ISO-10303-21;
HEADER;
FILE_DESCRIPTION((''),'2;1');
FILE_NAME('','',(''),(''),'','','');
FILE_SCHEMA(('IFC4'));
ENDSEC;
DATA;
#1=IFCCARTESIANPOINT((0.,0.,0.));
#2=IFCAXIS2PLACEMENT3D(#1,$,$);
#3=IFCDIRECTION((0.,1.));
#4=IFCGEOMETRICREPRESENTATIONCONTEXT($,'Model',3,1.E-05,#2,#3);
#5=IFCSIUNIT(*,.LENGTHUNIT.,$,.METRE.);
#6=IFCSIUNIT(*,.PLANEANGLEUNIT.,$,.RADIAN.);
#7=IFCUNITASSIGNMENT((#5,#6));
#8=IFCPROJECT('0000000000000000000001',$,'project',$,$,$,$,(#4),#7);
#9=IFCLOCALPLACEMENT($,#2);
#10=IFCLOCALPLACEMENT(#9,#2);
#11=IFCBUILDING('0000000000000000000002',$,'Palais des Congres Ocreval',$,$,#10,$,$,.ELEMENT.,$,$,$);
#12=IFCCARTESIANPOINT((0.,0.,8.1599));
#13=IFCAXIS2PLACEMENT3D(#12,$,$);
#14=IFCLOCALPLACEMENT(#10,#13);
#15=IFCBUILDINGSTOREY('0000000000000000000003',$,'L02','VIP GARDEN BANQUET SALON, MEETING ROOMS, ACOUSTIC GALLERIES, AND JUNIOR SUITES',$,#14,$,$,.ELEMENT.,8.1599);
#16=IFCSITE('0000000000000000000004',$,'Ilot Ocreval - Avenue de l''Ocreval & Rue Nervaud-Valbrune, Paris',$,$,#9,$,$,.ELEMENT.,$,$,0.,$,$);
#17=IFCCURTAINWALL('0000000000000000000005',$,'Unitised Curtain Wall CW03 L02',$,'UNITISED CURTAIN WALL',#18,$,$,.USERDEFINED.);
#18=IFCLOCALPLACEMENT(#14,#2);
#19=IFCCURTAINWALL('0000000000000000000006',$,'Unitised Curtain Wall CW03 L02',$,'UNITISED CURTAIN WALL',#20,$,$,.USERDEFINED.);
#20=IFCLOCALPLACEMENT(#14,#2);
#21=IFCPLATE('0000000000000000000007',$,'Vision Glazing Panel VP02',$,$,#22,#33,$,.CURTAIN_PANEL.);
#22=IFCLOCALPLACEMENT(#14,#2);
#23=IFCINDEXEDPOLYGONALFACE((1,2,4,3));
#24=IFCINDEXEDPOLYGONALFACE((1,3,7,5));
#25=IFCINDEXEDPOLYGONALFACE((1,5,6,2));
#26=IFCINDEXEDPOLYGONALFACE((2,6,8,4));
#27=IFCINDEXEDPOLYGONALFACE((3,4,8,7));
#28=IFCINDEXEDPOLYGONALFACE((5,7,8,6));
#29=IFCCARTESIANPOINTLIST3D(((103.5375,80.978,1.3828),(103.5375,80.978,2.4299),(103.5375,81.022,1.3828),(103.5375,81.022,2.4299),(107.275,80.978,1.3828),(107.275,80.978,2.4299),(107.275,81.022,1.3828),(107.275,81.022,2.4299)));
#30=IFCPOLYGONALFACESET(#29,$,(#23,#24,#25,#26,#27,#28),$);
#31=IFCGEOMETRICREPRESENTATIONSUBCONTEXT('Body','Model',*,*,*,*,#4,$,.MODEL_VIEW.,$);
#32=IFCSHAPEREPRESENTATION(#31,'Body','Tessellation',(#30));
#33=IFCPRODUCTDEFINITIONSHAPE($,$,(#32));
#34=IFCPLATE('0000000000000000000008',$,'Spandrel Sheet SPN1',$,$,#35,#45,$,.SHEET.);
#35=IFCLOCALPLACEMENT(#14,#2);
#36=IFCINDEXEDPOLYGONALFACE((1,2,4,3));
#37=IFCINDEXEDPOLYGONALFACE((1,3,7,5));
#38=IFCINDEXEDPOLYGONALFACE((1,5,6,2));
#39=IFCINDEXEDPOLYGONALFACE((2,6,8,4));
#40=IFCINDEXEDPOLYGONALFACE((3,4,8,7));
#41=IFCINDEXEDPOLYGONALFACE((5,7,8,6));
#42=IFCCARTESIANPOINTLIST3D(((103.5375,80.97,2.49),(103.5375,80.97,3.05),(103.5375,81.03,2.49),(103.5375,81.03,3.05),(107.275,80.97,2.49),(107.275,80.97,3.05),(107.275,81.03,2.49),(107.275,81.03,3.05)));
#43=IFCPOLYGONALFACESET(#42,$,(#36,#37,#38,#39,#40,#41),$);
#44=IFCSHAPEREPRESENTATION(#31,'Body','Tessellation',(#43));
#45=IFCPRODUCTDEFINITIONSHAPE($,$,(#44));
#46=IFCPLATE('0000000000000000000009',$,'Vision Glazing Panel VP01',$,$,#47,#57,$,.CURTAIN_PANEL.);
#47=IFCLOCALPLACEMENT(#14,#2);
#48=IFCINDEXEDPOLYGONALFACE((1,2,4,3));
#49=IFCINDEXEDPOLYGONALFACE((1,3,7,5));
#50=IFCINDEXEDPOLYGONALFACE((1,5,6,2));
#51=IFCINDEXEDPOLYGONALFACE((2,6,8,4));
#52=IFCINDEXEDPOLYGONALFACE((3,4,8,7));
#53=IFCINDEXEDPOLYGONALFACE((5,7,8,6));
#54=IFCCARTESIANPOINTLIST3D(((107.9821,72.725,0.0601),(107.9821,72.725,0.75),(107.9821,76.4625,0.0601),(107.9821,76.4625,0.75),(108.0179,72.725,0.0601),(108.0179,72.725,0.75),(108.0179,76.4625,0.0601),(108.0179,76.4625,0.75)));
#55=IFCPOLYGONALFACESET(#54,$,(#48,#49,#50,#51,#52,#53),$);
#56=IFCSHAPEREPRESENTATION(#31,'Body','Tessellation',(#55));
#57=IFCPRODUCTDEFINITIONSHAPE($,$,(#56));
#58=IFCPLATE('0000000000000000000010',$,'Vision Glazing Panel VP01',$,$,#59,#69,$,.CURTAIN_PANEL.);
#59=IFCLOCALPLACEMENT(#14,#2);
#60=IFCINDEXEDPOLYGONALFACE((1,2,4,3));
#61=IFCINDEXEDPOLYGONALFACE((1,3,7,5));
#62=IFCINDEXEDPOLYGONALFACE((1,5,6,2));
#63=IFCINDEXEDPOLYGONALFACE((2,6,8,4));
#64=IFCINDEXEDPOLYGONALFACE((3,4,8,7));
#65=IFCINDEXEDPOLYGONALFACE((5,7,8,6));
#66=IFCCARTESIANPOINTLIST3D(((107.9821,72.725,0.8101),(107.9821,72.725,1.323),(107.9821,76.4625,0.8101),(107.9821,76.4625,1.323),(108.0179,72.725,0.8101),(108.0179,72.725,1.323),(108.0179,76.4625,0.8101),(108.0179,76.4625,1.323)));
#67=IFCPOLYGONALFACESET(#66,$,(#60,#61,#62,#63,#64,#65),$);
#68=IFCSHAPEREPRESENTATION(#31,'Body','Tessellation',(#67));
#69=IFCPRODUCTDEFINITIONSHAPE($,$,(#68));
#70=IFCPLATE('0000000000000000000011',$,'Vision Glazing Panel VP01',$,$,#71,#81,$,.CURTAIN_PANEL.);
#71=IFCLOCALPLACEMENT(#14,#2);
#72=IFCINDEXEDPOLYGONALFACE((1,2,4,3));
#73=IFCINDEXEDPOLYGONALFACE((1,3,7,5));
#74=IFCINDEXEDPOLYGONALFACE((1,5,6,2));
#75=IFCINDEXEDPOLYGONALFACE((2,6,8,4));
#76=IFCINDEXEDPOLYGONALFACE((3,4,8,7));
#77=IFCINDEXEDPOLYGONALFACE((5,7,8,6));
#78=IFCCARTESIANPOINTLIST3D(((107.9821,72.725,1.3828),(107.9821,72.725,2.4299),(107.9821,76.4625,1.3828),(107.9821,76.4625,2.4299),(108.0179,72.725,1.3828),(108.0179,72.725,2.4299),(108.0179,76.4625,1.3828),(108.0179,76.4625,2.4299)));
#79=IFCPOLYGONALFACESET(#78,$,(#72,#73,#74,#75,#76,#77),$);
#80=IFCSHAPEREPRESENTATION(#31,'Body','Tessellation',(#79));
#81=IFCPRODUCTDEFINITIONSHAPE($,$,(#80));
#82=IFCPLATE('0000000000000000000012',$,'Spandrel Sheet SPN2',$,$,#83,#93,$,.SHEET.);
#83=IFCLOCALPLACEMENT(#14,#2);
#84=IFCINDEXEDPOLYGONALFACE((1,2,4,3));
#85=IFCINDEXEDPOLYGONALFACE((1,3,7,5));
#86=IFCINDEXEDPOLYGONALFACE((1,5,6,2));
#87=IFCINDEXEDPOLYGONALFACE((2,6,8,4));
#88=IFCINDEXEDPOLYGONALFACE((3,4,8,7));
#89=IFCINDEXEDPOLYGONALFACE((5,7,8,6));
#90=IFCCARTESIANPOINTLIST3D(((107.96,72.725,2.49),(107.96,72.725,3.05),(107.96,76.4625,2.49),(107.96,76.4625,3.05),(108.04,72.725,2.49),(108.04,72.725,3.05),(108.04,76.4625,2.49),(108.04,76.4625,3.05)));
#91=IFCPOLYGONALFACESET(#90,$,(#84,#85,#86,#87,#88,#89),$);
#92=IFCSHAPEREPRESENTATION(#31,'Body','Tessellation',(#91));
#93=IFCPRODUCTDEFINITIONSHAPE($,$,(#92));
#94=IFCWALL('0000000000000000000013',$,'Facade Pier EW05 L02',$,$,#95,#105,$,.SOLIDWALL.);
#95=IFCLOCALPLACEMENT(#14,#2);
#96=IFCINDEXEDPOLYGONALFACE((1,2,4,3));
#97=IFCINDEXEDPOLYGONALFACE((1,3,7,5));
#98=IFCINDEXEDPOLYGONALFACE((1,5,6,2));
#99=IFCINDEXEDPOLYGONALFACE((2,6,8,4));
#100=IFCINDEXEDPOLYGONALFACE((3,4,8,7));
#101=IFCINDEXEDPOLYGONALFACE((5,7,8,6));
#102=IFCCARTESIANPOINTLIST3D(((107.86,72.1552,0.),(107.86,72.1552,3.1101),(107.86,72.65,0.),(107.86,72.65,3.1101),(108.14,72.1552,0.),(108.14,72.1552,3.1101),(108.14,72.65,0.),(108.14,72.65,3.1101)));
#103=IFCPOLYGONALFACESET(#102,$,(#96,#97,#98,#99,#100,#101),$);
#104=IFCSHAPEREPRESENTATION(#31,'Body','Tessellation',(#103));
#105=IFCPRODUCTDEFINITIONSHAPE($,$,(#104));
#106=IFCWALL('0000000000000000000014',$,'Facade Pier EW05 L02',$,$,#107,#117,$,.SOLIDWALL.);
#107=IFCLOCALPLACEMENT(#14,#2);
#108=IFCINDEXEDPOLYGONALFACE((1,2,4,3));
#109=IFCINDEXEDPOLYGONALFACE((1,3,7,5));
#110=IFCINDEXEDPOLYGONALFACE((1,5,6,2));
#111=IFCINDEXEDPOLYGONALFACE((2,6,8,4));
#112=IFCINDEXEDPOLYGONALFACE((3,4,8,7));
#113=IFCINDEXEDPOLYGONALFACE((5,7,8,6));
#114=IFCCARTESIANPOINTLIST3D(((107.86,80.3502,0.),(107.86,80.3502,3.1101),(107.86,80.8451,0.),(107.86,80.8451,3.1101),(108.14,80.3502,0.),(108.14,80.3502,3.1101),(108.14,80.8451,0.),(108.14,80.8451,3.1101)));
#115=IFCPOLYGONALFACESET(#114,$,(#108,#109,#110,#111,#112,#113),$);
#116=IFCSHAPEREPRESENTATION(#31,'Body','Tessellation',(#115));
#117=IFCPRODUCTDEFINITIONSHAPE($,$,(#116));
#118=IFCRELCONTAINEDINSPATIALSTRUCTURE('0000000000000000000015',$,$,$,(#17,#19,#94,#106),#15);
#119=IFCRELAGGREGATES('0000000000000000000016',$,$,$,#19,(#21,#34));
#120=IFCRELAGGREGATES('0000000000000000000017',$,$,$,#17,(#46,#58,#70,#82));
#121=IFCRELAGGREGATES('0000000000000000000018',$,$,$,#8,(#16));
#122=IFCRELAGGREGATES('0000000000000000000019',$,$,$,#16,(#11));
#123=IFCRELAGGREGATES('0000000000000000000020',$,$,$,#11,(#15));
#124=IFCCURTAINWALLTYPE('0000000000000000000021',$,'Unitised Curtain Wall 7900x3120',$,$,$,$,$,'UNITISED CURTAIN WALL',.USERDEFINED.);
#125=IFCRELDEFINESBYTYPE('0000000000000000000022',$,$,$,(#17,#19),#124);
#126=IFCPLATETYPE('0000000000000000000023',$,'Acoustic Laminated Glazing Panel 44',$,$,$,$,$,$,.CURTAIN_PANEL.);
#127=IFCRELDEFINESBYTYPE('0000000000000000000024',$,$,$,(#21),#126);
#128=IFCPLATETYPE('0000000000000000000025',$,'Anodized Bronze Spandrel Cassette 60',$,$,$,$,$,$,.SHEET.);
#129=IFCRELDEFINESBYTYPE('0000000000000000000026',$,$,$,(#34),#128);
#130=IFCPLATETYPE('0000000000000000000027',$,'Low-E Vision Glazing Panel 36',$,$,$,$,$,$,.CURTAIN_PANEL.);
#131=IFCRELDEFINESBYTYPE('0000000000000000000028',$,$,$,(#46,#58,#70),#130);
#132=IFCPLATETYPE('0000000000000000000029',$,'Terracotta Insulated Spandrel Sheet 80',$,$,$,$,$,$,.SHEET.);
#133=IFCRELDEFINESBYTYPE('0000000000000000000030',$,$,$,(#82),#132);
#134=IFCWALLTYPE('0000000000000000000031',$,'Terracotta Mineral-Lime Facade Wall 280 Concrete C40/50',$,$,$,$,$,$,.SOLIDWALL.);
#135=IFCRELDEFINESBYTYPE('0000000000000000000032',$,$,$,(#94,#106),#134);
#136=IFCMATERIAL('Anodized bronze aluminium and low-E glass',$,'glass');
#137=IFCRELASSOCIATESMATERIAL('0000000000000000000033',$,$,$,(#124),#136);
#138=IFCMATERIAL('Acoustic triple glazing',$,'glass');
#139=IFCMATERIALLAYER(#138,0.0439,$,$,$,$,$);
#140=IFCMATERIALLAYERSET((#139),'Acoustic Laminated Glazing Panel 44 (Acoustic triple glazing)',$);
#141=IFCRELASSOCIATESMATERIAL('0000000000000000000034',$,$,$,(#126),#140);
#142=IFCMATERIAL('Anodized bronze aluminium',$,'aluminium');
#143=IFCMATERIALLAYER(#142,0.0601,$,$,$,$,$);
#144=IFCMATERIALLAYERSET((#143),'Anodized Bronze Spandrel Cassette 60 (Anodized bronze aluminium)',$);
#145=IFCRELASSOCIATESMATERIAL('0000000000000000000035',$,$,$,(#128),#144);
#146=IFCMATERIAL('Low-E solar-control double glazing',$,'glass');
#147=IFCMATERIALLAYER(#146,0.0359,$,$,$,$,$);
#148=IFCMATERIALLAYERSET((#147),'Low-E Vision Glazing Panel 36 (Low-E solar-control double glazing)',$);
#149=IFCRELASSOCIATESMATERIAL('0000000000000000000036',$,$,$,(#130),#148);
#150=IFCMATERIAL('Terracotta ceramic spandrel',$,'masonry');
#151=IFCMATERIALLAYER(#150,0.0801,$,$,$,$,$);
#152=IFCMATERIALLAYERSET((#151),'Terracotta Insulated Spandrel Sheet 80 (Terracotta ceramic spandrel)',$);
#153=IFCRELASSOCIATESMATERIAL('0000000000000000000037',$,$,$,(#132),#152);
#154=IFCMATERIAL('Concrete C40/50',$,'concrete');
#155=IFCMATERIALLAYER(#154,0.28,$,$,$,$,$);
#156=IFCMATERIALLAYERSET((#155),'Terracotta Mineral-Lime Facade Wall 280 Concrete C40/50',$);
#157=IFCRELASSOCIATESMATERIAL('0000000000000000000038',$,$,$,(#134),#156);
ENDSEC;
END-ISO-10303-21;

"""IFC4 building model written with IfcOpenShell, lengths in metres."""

from ifc_helpers import new_model, si_unit, direction, frame, frame_2d, origin, origin_2d, place, context, subcontext, project, spatial, rectangle, extrude, material, layer, layer_set, type_object, element, aggregate, save


model = new_model("IFC4")

# Units and contexts
model_context = context("Model", 3, precision=1e-05, world=origin(), true_north=direction((0.0, 1.0)))
body_context = subcontext(model_context, "Body", "Model", "MODEL_VIEW")
ifc_project = project(units=[si_unit("LENGTHUNIT", "METRE"), si_unit("PLANEANGLEUNIT", "RADIAN")], contexts=[model_context])

# Site, building, storey
site_placement = place(None, origin())
site = spatial("IfcSite", under=ifc_project, at=site_placement, Name="Ilot Ocreval - Avenue de l'Ocreval & Rue Nervaud-Valbrune, Paris", CompositionType="ELEMENT", RefElevation=0.0)
building_placement = place(site_placement, origin())
building = spatial("IfcBuilding", under=site, at=building_placement, Name="Palais des Congres Ocreval", CompositionType="ELEMENT")
storey_placement = place(building_placement, frame((0.0, 0.0, 8.1599)))
storey = spatial("IfcBuildingStorey", under=building, at=storey_placement, Name="L02", Description="VIP GARDEN BANQUET SALON, MEETING ROOMS, ACOUSTIC GALLERIES, AND JUNIOR SUITES", CompositionType="ELEMENT", Elevation=8.1599)

# Curtain walls
ifc_material_1 = material(Name="Anodized bronze aluminium and low-E glass", Category="glass")
curtain_wall_type = type_object("IfcCurtainWallType", Name="Unitised Curtain Wall 7900x3120", ElementType="UNITISED CURTAIN WALL", PredefinedType="USERDEFINED", material=ifc_material_1)
curtain_wall_1_placement = place(storey_placement, origin())
curtain_wall_1 = element("IfcCurtainWall", 1, at=curtain_wall_1_placement, inside=storey, type_object=curtain_wall_type, Name="Unitised Curtain Wall CW03 L02", ObjectType="UNITISED CURTAIN WALL", PredefinedType="USERDEFINED")
ifc_material_2 = material(Name="Anodized bronze aluminium", Category="aluminium")
curtain_wall_2_placement = place(storey_placement, origin())
curtain_wall_2 = element("IfcCurtainWall", 2, at=curtain_wall_2_placement, inside=storey, type_object=curtain_wall_type, Name="Unitised Curtain Wall CW03 L02", ObjectType="UNITISED CURTAIN WALL", PredefinedType="USERDEFINED")

# Plates
ifc_material_3 = material(Name="Acoustic triple glazing", Category="glass")
ifc_layer_1 = layer(ifc_material_3, 0.0439)
ifc_layer_set_1 = layer_set([ifc_layer_1], Name="Acoustic Laminated Glazing Panel 44 (Acoustic triple glazing)")
plate_type_1 = type_object("IfcPlateType", Name="Acoustic Laminated Glazing Panel 44", PredefinedType="CURTAIN_PANEL", material=ifc_layer_set_1)
plate_1_placement = place(storey_placement, frame((105.4062, 81.0, 1.3828), z_axis=(0.0, 0.0, 1.0), x_axis=(-1.0, 0.0, 0.0)))
plate_1 = element("IfcPlate", 3, at=plate_1_placement, type_object=plate_type_1, Name="Vision Glazing Panel VP02", PredefinedType="CURTAIN_PANEL", context=body_context, shape_type="SweptSolid", body=[
    extrude(rectangle(XDim=3.7375, YDim=0.0439, at=origin_2d()), origin(), (0.0, 0.0, 1.0), 1.0471),
])
ifc_layer_2 = layer(ifc_material_2, 0.0601)
ifc_layer_set_2 = layer_set([ifc_layer_2], Name="Anodized Bronze Spandrel Cassette 60 (Anodized bronze aluminium)")
plate_type_2 = type_object("IfcPlateType", Name="Anodized Bronze Spandrel Cassette 60", PredefinedType="SHEET", material=ifc_layer_set_2)
plate_2_placement = place(storey_placement, frame((105.4062, 81.0, 2.49), z_axis=(0.0, 0.0, 1.0), x_axis=(-1.0, 0.0, 0.0)))
plate_2 = element("IfcPlate", 4, at=plate_2_placement, type_object=plate_type_2, Name="Spandrel Sheet SPN1", PredefinedType="SHEET", context=body_context, shape_type="SweptSolid", body=[
    extrude(rectangle(XDim=3.7375, YDim=0.0601, at=origin_2d()), origin(), (0.0, 0.0, 1.0), 0.5601),
])
aggregate(curtain_wall_2, [plate_1, plate_2])
ifc_material_4 = material(Name="Low-E solar-control double glazing", Category="glass")
ifc_layer_3 = layer(ifc_material_4, 0.0359)
ifc_layer_set_3 = layer_set([ifc_layer_3], Name="Low-E Vision Glazing Panel 36 (Low-E solar-control double glazing)")
plate_type_3 = type_object("IfcPlateType", Name="Low-E Vision Glazing Panel 36", PredefinedType="CURTAIN_PANEL", material=ifc_layer_set_3)
plate_3_placement = place(storey_placement, frame((108.0, 74.5938, 0.0601), z_axis=(0.0, 0.0, 1.0), x_axis=(0.0, 1.0, 0.0)))
plate_3 = element("IfcPlate", 5, at=plate_3_placement, type_object=plate_type_3, Name="Vision Glazing Panel VP01", PredefinedType="CURTAIN_PANEL", context=body_context, shape_type="SweptSolid", body=[
    extrude(rectangle(XDim=3.7375, YDim=0.0359, at=origin_2d()), origin(), (0.0, 0.0, 1.0), 0.6899),
])
plate_4_placement = place(storey_placement, frame((108.0, 74.5938, 0.8101), z_axis=(0.0, 0.0, 1.0), x_axis=(0.0, 1.0, 0.0)))
plate_4 = element("IfcPlate", 6, at=plate_4_placement, type_object=plate_type_3, Name="Vision Glazing Panel VP01", PredefinedType="CURTAIN_PANEL", context=body_context, shape_type="SweptSolid", body=[
    extrude(rectangle(XDim=3.7375, YDim=0.0359, at=origin_2d()), origin(), (0.0, 0.0, 1.0), 0.5129),
])
plate_5_placement = place(storey_placement, frame((108.0, 74.5938, 1.3828), z_axis=(0.0, 0.0, 1.0), x_axis=(0.0, 1.0, 0.0)))
plate_5 = element("IfcPlate", 7, at=plate_5_placement, type_object=plate_type_3, Name="Vision Glazing Panel VP01", PredefinedType="CURTAIN_PANEL", context=body_context, shape_type="SweptSolid", body=[
    extrude(rectangle(XDim=3.7375, YDim=0.0359, at=origin_2d()), origin(), (0.0, 0.0, 1.0), 1.0471),
])
ifc_material_5 = material(Name="Terracotta ceramic spandrel", Category="masonry")
ifc_layer_4 = layer(ifc_material_5, 0.0801)
ifc_layer_set_4 = layer_set([ifc_layer_4], Name="Terracotta Insulated Spandrel Sheet 80 (Terracotta ceramic spandrel)")
plate_type_4 = type_object("IfcPlateType", Name="Terracotta Insulated Spandrel Sheet 80", PredefinedType="SHEET", material=ifc_layer_set_4)
plate_6_placement = place(storey_placement, frame((108.0, 74.5938, 2.49), z_axis=(0.0, 0.0, 1.0), x_axis=(0.0, 1.0, 0.0)))
plate_6 = element("IfcPlate", 8, at=plate_6_placement, type_object=plate_type_4, Name="Spandrel Sheet SPN2", PredefinedType="SHEET", context=body_context, shape_type="SweptSolid", body=[
    extrude(rectangle(XDim=3.7375, YDim=0.0801, at=origin_2d()), origin(), (0.0, 0.0, 1.0), 0.5601),
])
aggregate(curtain_wall_1, [plate_3, plate_4, plate_5, plate_6])

# Walls
ifc_material_6 = material(Name="Concrete C40/50", Category="concrete")
ifc_layer_5 = layer(ifc_material_6, 0.28)
ifc_layer_set_5 = layer_set([ifc_layer_5], Name="Terracotta Mineral-Lime Facade Wall 280 Concrete C40/50")
wall_type = type_object("IfcWallType", Name="Terracotta Mineral-Lime Facade Wall 280 Concrete C40/50", PredefinedType="SOLIDWALL", material=ifc_layer_set_5)
for number, where, z_axis, x_axis, name in (
    (9, (108.0, 72.155, 0.0), (0.0, 0.0, 1.0), (0.0, 1.0, 0.0), "Facade Pier EW05 L02"),
    (10, (108.0, 80.3501, 0.0), (0.0, 0.0, 1.0), (0.0, 1.0, 0.0), "Facade Pier EW05 L02"),
):
    element("IfcWall", number, at=place(storey_placement, frame(where, z_axis=z_axis, x_axis=x_axis)), inside=storey, type_object=wall_type, Name=name, PredefinedType="SOLIDWALL", context=body_context, shape_type="SweptSolid", body=[
        extrude(rectangle(XDim=0.4949, YDim=0.28, at=frame_2d((0.2476, 0.0))), origin(), (0.0, 0.0, 1.0), 3.1101),
    ])

save(model, "model.ifc")
